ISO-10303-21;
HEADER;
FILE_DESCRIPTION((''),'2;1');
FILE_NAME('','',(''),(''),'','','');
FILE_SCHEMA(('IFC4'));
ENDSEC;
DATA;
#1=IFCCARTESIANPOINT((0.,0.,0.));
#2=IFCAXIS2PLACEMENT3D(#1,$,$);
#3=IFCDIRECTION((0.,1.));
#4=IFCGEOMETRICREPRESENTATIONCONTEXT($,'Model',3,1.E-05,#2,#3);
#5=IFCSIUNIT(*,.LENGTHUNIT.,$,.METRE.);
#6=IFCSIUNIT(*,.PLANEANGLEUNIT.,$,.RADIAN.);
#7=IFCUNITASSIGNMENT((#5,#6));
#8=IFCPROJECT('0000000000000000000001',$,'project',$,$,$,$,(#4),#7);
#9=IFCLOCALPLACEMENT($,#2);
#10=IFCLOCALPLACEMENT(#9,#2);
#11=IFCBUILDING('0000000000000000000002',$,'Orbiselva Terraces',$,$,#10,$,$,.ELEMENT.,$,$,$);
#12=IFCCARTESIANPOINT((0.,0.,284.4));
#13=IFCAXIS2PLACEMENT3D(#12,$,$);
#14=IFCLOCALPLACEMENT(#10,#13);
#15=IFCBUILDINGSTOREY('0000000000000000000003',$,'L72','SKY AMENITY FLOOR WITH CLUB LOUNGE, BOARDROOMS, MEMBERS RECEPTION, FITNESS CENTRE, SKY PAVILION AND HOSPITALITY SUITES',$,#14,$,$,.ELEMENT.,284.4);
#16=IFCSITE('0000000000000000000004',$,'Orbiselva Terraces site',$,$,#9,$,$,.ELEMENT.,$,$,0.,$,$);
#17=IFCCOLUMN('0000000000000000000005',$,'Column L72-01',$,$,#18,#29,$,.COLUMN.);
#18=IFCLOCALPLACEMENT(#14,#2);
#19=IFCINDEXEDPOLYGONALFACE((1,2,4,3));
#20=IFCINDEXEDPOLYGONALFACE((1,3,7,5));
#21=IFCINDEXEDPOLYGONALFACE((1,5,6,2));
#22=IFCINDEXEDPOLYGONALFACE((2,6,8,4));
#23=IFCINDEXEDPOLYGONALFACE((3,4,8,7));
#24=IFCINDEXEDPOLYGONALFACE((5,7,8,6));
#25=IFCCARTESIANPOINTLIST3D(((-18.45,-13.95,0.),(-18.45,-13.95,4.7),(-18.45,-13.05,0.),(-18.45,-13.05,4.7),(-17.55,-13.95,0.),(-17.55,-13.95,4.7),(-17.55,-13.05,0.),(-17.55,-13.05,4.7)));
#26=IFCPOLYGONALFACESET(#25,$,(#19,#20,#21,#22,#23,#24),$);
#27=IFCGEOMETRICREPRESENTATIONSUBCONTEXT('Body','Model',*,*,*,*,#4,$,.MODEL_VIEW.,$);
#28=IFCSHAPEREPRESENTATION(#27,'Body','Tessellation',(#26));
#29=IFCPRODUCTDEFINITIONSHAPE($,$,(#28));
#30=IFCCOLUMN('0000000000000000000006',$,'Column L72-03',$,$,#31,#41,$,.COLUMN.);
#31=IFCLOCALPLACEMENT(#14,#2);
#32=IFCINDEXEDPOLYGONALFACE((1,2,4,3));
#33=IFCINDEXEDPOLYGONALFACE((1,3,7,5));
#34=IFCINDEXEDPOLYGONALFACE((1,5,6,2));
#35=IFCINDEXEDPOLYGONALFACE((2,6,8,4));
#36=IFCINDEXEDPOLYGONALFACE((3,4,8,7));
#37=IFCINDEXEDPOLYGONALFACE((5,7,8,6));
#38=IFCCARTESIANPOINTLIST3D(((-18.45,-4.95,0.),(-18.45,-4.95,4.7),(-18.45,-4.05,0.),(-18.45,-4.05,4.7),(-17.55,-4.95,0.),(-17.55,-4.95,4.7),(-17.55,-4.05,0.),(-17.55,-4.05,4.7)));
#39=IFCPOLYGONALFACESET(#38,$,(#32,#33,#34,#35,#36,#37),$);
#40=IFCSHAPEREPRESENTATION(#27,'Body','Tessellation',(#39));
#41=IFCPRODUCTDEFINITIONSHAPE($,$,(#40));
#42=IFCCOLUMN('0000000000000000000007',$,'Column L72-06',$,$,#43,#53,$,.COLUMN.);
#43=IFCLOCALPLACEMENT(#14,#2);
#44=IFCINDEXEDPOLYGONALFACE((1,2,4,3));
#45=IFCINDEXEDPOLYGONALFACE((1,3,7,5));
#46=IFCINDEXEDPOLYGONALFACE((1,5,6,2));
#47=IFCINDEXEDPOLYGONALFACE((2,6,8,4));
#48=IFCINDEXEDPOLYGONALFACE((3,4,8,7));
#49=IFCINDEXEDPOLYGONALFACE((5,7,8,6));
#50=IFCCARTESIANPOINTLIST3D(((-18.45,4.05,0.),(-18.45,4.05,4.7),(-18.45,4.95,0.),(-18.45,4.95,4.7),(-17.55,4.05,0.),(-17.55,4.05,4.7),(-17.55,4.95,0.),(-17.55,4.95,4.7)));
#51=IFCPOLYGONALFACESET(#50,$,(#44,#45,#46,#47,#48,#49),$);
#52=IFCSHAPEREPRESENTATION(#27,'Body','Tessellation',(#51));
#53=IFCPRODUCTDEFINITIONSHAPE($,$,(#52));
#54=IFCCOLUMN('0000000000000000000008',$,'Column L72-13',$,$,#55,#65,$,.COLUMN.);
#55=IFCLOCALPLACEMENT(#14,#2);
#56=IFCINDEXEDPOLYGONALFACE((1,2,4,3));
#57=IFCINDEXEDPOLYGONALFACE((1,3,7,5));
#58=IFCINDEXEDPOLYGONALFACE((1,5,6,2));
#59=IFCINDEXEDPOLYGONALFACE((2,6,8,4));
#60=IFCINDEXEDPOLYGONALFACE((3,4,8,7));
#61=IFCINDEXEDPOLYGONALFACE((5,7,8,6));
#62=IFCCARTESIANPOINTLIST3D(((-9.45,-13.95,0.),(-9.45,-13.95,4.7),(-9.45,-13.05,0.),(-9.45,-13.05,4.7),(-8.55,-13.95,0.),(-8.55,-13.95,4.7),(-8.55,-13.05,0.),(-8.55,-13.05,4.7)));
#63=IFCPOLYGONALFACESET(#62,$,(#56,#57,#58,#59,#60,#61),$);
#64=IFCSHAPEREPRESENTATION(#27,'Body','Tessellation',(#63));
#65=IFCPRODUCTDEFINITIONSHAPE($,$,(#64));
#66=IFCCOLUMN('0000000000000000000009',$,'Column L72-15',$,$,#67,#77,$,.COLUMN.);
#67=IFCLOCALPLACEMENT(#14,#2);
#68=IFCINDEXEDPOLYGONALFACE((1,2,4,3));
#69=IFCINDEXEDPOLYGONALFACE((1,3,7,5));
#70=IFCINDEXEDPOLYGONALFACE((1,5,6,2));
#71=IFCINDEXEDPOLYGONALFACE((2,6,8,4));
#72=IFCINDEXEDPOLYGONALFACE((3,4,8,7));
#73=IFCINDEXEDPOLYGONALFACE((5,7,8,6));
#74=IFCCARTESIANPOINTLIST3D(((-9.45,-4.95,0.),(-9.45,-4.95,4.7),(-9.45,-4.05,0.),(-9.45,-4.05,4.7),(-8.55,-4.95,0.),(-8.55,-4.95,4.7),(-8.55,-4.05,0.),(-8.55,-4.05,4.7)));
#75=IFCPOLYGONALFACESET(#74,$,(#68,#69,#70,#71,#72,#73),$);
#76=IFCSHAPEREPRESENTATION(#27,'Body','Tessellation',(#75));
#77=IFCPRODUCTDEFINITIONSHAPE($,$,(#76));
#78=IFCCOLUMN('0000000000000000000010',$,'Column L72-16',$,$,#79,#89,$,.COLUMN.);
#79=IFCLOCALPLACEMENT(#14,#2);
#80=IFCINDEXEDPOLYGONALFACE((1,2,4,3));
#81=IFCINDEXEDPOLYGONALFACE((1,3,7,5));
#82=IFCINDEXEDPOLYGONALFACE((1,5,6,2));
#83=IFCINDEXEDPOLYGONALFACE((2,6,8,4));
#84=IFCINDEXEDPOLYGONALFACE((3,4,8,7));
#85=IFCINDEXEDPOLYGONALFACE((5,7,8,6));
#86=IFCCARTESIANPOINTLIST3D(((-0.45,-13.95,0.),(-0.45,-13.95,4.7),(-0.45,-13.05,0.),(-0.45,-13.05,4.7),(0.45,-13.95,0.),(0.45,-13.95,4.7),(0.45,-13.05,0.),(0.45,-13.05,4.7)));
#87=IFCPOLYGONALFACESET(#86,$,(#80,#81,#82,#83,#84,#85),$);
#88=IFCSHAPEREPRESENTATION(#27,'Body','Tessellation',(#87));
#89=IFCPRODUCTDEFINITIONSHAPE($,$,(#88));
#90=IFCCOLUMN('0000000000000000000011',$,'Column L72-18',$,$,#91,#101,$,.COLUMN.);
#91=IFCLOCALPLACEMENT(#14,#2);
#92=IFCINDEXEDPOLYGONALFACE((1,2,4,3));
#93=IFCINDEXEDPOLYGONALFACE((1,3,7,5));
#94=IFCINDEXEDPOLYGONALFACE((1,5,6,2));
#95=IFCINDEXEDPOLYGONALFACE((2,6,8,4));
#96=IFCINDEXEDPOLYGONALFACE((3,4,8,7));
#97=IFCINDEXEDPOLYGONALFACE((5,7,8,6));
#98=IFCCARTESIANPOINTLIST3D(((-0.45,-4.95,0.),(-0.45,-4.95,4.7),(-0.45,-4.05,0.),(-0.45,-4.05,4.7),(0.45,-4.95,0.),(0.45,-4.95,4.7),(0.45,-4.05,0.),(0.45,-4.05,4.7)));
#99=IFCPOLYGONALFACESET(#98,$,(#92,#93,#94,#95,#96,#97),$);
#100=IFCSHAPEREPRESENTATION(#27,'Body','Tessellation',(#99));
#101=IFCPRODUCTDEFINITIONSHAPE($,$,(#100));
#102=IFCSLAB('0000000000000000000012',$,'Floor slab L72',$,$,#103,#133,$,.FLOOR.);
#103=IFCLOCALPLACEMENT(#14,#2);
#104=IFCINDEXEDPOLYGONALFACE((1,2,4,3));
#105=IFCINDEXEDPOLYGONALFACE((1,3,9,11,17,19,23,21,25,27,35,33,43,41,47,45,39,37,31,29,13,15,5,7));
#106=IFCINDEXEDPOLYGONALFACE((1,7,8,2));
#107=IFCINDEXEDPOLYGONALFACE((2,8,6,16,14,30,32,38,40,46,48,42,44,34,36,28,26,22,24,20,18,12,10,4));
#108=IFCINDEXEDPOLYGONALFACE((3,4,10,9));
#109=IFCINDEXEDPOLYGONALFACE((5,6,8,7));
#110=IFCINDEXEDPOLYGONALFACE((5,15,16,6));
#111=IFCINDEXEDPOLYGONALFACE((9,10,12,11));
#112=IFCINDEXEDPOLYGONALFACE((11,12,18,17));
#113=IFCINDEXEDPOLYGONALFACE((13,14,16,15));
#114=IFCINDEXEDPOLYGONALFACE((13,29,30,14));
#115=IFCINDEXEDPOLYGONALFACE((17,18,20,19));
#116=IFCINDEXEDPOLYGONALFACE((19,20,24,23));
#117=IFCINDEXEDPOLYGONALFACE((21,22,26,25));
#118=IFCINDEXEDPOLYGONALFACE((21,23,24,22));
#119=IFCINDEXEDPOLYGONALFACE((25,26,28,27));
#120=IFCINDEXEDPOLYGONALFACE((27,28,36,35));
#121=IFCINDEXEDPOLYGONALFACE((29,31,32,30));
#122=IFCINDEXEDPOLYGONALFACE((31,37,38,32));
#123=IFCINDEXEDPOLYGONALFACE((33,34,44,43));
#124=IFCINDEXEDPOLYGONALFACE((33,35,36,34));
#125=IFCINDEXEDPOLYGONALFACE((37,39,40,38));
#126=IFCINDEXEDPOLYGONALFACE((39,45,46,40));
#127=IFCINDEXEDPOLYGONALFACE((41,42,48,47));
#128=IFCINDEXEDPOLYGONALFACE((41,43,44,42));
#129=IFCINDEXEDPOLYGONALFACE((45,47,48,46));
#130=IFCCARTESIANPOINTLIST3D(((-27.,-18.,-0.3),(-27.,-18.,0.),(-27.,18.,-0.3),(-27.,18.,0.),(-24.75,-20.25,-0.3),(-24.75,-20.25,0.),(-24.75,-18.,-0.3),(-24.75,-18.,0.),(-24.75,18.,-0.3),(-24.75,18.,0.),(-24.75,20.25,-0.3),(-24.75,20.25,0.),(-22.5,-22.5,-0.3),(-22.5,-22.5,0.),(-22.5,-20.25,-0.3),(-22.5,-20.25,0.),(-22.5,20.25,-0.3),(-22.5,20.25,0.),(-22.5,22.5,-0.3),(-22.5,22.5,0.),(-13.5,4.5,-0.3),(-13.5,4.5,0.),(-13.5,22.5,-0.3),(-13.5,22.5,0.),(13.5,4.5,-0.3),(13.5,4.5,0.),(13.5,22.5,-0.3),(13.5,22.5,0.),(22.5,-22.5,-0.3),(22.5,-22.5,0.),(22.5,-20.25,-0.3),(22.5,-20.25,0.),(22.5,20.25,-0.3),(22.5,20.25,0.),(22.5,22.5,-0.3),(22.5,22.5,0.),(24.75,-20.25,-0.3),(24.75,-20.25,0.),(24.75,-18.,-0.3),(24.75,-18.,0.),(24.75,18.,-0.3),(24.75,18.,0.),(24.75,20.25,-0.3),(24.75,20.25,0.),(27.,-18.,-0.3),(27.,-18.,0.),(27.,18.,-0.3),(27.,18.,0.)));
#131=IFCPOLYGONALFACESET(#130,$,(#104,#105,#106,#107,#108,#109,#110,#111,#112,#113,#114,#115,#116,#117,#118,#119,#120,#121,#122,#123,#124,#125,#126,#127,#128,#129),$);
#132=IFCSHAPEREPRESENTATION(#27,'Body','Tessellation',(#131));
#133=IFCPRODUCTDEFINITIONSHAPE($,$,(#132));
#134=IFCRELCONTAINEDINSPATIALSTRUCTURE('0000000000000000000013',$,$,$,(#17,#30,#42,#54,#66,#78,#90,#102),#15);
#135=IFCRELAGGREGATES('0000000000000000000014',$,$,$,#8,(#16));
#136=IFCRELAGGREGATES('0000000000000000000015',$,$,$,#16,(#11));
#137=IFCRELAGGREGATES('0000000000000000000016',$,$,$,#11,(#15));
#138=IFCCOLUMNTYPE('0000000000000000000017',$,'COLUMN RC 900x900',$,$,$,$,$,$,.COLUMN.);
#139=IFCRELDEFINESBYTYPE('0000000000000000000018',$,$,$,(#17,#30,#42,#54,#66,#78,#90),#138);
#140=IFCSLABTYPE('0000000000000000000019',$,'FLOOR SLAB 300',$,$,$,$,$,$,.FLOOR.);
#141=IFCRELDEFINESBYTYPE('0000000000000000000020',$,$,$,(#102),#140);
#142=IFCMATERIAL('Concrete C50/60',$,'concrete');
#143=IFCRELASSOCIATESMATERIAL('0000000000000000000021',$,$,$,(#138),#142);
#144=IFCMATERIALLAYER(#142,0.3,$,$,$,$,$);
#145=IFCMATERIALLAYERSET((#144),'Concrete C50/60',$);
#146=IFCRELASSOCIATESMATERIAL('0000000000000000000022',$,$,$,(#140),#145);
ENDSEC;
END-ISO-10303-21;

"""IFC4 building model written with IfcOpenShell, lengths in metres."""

from ifc_helpers import new_model, si_unit, direction, frame, origin, origin_2d, place, context, subcontext, project, spatial, polyline, rectangle, outline, extrude, material, layer, layer_set, material_profile, profile_set, type_object, element, save


model = new_model("IFC4")

# Units and contexts
model_context = context("Model", 3, precision=1e-05, world=origin(), true_north=direction((0.0, 1.0)))
body_context = subcontext(model_context, "Body", "Model", "MODEL_VIEW")
ifc_project = project(units=[si_unit("LENGTHUNIT", "METRE"), si_unit("PLANEANGLEUNIT", "RADIAN")], contexts=[model_context])

# Site, building, storey
site_placement = place(None, origin())
site = spatial("IfcSite", under=ifc_project, at=site_placement, Name="Orbiselva Terraces site", CompositionType="ELEMENT", RefElevation=0.0)
building_placement = place(site_placement, origin())
building = spatial("IfcBuilding", under=site, at=building_placement, Name="Orbiselva Terraces", CompositionType="ELEMENT")
storey_placement = place(building_placement, frame((0.0, 0.0, 284.4)))
storey = spatial("IfcBuildingStorey", under=building, at=storey_placement, Name="L72", Description="SKY AMENITY FLOOR WITH CLUB LOUNGE, BOARDROOMS, MEMBERS RECEPTION, FITNESS CENTRE, SKY PAVILION AND HOSPITALITY SUITES", CompositionType="ELEMENT", Elevation=284.4)

# Columns
ifc_material_1 = material(Name="Concrete C50/60", Category="concrete")
ifc_material_profile = material_profile(ifc_material_1, rectangle(XDim=0.9, YDim=0.9, at=origin_2d()), Name="RC 900x900")
ifc_profile_set = profile_set([ifc_material_profile], Name="Concrete C50/60")
column_type = type_object("IfcColumnType", Name="COLUMN RC 900x900", PredefinedType="COLUMN", material=ifc_profile_set)
for number, where, z_axis, x_axis, name in (
    (1, (-18.0, -13.5, 0.0), (0.0, 0.0, 1.0), (1.0, 0.0, 0.0), "Column L72-01"),
    (2, (-18.0, -4.5, 0.0), (0.0, 0.0, 1.0), (1.0, 0.0, 0.0), "Column L72-03"),
    (3, (-18.0, 4.5, 0.0), (0.0, 0.0, 1.0), (1.0, 0.0, 0.0), "Column L72-06"),
    (4, (-9.0, -13.5, 0.0), (0.0, 0.0, 1.0), (1.0, 0.0, 0.0), "Column L72-13"),
    (5, (-9.0, -4.5, 0.0), (0.0, 0.0, 1.0), (1.0, 0.0, 0.0), "Column L72-15"),
    (6, (0.0, -13.5, 0.0), (0.0, 0.0, 1.0), (1.0, 0.0, 0.0), "Column L72-16"),
    (7, (0.0, -4.5, 0.0), (0.0, 0.0, 1.0), (1.0, 0.0, 0.0), "Column L72-18"),
):
    element("IfcColumn", number, at=place(storey_placement, frame(where, z_axis=z_axis, x_axis=x_axis)), inside=storey, type_object=column_type, Name=name, PredefinedType="COLUMN", context=body_context, shape_type="SweptSolid", body=[
        extrude(rectangle(XDim=0.9, YDim=0.9, at=origin_2d()), origin(), (0.0, 0.0, 1.0), 4.7),
    ])

# Slab
ifc_layer_1 = layer(ifc_material_1, 0.3)
ifc_layer_set_1 = layer_set([ifc_layer_1], Name="Concrete C50/60")
slab_type = type_object("IfcSlabType", Name="FLOOR SLAB 300", PredefinedType="FLOOR", material=ifc_layer_set_1)
slab_placement = place(storey_placement, frame((0.0, 0.0, -0.3)))
element("IfcSlab", 8, at=slab_placement, inside=storey, type_object=slab_type, Name="Floor slab L72", PredefinedType="FLOOR", context=body_context, shape_type="SweptSolid", body=[
    extrude(outline(polyline([(22.5, 22.5), (22.5, 20.25), (24.75, 20.25), (24.75, 18.0), (27.0, 18.0), (27.0, -18.0), (24.75, -18.0), (24.75, -20.25), (22.5, -20.25), (22.5, -22.5), (-22.5, -22.5), (-22.5, -20.25), (-24.75, -20.25), (-24.75, -18.0), (-27.0, -18.0), (-27.0, 18.0), (-24.75, 18.0), (-24.75, 20.25), (-22.5, 20.25), (-22.5, 22.5), (-13.5, 22.5), (-13.5, 4.5), (13.5, 4.5), (13.5, 22.5), (22.5, 22.5)])), origin(), (0.0, 0.0, 1.0), 0.3),
])

save(model, "model.ifc")
